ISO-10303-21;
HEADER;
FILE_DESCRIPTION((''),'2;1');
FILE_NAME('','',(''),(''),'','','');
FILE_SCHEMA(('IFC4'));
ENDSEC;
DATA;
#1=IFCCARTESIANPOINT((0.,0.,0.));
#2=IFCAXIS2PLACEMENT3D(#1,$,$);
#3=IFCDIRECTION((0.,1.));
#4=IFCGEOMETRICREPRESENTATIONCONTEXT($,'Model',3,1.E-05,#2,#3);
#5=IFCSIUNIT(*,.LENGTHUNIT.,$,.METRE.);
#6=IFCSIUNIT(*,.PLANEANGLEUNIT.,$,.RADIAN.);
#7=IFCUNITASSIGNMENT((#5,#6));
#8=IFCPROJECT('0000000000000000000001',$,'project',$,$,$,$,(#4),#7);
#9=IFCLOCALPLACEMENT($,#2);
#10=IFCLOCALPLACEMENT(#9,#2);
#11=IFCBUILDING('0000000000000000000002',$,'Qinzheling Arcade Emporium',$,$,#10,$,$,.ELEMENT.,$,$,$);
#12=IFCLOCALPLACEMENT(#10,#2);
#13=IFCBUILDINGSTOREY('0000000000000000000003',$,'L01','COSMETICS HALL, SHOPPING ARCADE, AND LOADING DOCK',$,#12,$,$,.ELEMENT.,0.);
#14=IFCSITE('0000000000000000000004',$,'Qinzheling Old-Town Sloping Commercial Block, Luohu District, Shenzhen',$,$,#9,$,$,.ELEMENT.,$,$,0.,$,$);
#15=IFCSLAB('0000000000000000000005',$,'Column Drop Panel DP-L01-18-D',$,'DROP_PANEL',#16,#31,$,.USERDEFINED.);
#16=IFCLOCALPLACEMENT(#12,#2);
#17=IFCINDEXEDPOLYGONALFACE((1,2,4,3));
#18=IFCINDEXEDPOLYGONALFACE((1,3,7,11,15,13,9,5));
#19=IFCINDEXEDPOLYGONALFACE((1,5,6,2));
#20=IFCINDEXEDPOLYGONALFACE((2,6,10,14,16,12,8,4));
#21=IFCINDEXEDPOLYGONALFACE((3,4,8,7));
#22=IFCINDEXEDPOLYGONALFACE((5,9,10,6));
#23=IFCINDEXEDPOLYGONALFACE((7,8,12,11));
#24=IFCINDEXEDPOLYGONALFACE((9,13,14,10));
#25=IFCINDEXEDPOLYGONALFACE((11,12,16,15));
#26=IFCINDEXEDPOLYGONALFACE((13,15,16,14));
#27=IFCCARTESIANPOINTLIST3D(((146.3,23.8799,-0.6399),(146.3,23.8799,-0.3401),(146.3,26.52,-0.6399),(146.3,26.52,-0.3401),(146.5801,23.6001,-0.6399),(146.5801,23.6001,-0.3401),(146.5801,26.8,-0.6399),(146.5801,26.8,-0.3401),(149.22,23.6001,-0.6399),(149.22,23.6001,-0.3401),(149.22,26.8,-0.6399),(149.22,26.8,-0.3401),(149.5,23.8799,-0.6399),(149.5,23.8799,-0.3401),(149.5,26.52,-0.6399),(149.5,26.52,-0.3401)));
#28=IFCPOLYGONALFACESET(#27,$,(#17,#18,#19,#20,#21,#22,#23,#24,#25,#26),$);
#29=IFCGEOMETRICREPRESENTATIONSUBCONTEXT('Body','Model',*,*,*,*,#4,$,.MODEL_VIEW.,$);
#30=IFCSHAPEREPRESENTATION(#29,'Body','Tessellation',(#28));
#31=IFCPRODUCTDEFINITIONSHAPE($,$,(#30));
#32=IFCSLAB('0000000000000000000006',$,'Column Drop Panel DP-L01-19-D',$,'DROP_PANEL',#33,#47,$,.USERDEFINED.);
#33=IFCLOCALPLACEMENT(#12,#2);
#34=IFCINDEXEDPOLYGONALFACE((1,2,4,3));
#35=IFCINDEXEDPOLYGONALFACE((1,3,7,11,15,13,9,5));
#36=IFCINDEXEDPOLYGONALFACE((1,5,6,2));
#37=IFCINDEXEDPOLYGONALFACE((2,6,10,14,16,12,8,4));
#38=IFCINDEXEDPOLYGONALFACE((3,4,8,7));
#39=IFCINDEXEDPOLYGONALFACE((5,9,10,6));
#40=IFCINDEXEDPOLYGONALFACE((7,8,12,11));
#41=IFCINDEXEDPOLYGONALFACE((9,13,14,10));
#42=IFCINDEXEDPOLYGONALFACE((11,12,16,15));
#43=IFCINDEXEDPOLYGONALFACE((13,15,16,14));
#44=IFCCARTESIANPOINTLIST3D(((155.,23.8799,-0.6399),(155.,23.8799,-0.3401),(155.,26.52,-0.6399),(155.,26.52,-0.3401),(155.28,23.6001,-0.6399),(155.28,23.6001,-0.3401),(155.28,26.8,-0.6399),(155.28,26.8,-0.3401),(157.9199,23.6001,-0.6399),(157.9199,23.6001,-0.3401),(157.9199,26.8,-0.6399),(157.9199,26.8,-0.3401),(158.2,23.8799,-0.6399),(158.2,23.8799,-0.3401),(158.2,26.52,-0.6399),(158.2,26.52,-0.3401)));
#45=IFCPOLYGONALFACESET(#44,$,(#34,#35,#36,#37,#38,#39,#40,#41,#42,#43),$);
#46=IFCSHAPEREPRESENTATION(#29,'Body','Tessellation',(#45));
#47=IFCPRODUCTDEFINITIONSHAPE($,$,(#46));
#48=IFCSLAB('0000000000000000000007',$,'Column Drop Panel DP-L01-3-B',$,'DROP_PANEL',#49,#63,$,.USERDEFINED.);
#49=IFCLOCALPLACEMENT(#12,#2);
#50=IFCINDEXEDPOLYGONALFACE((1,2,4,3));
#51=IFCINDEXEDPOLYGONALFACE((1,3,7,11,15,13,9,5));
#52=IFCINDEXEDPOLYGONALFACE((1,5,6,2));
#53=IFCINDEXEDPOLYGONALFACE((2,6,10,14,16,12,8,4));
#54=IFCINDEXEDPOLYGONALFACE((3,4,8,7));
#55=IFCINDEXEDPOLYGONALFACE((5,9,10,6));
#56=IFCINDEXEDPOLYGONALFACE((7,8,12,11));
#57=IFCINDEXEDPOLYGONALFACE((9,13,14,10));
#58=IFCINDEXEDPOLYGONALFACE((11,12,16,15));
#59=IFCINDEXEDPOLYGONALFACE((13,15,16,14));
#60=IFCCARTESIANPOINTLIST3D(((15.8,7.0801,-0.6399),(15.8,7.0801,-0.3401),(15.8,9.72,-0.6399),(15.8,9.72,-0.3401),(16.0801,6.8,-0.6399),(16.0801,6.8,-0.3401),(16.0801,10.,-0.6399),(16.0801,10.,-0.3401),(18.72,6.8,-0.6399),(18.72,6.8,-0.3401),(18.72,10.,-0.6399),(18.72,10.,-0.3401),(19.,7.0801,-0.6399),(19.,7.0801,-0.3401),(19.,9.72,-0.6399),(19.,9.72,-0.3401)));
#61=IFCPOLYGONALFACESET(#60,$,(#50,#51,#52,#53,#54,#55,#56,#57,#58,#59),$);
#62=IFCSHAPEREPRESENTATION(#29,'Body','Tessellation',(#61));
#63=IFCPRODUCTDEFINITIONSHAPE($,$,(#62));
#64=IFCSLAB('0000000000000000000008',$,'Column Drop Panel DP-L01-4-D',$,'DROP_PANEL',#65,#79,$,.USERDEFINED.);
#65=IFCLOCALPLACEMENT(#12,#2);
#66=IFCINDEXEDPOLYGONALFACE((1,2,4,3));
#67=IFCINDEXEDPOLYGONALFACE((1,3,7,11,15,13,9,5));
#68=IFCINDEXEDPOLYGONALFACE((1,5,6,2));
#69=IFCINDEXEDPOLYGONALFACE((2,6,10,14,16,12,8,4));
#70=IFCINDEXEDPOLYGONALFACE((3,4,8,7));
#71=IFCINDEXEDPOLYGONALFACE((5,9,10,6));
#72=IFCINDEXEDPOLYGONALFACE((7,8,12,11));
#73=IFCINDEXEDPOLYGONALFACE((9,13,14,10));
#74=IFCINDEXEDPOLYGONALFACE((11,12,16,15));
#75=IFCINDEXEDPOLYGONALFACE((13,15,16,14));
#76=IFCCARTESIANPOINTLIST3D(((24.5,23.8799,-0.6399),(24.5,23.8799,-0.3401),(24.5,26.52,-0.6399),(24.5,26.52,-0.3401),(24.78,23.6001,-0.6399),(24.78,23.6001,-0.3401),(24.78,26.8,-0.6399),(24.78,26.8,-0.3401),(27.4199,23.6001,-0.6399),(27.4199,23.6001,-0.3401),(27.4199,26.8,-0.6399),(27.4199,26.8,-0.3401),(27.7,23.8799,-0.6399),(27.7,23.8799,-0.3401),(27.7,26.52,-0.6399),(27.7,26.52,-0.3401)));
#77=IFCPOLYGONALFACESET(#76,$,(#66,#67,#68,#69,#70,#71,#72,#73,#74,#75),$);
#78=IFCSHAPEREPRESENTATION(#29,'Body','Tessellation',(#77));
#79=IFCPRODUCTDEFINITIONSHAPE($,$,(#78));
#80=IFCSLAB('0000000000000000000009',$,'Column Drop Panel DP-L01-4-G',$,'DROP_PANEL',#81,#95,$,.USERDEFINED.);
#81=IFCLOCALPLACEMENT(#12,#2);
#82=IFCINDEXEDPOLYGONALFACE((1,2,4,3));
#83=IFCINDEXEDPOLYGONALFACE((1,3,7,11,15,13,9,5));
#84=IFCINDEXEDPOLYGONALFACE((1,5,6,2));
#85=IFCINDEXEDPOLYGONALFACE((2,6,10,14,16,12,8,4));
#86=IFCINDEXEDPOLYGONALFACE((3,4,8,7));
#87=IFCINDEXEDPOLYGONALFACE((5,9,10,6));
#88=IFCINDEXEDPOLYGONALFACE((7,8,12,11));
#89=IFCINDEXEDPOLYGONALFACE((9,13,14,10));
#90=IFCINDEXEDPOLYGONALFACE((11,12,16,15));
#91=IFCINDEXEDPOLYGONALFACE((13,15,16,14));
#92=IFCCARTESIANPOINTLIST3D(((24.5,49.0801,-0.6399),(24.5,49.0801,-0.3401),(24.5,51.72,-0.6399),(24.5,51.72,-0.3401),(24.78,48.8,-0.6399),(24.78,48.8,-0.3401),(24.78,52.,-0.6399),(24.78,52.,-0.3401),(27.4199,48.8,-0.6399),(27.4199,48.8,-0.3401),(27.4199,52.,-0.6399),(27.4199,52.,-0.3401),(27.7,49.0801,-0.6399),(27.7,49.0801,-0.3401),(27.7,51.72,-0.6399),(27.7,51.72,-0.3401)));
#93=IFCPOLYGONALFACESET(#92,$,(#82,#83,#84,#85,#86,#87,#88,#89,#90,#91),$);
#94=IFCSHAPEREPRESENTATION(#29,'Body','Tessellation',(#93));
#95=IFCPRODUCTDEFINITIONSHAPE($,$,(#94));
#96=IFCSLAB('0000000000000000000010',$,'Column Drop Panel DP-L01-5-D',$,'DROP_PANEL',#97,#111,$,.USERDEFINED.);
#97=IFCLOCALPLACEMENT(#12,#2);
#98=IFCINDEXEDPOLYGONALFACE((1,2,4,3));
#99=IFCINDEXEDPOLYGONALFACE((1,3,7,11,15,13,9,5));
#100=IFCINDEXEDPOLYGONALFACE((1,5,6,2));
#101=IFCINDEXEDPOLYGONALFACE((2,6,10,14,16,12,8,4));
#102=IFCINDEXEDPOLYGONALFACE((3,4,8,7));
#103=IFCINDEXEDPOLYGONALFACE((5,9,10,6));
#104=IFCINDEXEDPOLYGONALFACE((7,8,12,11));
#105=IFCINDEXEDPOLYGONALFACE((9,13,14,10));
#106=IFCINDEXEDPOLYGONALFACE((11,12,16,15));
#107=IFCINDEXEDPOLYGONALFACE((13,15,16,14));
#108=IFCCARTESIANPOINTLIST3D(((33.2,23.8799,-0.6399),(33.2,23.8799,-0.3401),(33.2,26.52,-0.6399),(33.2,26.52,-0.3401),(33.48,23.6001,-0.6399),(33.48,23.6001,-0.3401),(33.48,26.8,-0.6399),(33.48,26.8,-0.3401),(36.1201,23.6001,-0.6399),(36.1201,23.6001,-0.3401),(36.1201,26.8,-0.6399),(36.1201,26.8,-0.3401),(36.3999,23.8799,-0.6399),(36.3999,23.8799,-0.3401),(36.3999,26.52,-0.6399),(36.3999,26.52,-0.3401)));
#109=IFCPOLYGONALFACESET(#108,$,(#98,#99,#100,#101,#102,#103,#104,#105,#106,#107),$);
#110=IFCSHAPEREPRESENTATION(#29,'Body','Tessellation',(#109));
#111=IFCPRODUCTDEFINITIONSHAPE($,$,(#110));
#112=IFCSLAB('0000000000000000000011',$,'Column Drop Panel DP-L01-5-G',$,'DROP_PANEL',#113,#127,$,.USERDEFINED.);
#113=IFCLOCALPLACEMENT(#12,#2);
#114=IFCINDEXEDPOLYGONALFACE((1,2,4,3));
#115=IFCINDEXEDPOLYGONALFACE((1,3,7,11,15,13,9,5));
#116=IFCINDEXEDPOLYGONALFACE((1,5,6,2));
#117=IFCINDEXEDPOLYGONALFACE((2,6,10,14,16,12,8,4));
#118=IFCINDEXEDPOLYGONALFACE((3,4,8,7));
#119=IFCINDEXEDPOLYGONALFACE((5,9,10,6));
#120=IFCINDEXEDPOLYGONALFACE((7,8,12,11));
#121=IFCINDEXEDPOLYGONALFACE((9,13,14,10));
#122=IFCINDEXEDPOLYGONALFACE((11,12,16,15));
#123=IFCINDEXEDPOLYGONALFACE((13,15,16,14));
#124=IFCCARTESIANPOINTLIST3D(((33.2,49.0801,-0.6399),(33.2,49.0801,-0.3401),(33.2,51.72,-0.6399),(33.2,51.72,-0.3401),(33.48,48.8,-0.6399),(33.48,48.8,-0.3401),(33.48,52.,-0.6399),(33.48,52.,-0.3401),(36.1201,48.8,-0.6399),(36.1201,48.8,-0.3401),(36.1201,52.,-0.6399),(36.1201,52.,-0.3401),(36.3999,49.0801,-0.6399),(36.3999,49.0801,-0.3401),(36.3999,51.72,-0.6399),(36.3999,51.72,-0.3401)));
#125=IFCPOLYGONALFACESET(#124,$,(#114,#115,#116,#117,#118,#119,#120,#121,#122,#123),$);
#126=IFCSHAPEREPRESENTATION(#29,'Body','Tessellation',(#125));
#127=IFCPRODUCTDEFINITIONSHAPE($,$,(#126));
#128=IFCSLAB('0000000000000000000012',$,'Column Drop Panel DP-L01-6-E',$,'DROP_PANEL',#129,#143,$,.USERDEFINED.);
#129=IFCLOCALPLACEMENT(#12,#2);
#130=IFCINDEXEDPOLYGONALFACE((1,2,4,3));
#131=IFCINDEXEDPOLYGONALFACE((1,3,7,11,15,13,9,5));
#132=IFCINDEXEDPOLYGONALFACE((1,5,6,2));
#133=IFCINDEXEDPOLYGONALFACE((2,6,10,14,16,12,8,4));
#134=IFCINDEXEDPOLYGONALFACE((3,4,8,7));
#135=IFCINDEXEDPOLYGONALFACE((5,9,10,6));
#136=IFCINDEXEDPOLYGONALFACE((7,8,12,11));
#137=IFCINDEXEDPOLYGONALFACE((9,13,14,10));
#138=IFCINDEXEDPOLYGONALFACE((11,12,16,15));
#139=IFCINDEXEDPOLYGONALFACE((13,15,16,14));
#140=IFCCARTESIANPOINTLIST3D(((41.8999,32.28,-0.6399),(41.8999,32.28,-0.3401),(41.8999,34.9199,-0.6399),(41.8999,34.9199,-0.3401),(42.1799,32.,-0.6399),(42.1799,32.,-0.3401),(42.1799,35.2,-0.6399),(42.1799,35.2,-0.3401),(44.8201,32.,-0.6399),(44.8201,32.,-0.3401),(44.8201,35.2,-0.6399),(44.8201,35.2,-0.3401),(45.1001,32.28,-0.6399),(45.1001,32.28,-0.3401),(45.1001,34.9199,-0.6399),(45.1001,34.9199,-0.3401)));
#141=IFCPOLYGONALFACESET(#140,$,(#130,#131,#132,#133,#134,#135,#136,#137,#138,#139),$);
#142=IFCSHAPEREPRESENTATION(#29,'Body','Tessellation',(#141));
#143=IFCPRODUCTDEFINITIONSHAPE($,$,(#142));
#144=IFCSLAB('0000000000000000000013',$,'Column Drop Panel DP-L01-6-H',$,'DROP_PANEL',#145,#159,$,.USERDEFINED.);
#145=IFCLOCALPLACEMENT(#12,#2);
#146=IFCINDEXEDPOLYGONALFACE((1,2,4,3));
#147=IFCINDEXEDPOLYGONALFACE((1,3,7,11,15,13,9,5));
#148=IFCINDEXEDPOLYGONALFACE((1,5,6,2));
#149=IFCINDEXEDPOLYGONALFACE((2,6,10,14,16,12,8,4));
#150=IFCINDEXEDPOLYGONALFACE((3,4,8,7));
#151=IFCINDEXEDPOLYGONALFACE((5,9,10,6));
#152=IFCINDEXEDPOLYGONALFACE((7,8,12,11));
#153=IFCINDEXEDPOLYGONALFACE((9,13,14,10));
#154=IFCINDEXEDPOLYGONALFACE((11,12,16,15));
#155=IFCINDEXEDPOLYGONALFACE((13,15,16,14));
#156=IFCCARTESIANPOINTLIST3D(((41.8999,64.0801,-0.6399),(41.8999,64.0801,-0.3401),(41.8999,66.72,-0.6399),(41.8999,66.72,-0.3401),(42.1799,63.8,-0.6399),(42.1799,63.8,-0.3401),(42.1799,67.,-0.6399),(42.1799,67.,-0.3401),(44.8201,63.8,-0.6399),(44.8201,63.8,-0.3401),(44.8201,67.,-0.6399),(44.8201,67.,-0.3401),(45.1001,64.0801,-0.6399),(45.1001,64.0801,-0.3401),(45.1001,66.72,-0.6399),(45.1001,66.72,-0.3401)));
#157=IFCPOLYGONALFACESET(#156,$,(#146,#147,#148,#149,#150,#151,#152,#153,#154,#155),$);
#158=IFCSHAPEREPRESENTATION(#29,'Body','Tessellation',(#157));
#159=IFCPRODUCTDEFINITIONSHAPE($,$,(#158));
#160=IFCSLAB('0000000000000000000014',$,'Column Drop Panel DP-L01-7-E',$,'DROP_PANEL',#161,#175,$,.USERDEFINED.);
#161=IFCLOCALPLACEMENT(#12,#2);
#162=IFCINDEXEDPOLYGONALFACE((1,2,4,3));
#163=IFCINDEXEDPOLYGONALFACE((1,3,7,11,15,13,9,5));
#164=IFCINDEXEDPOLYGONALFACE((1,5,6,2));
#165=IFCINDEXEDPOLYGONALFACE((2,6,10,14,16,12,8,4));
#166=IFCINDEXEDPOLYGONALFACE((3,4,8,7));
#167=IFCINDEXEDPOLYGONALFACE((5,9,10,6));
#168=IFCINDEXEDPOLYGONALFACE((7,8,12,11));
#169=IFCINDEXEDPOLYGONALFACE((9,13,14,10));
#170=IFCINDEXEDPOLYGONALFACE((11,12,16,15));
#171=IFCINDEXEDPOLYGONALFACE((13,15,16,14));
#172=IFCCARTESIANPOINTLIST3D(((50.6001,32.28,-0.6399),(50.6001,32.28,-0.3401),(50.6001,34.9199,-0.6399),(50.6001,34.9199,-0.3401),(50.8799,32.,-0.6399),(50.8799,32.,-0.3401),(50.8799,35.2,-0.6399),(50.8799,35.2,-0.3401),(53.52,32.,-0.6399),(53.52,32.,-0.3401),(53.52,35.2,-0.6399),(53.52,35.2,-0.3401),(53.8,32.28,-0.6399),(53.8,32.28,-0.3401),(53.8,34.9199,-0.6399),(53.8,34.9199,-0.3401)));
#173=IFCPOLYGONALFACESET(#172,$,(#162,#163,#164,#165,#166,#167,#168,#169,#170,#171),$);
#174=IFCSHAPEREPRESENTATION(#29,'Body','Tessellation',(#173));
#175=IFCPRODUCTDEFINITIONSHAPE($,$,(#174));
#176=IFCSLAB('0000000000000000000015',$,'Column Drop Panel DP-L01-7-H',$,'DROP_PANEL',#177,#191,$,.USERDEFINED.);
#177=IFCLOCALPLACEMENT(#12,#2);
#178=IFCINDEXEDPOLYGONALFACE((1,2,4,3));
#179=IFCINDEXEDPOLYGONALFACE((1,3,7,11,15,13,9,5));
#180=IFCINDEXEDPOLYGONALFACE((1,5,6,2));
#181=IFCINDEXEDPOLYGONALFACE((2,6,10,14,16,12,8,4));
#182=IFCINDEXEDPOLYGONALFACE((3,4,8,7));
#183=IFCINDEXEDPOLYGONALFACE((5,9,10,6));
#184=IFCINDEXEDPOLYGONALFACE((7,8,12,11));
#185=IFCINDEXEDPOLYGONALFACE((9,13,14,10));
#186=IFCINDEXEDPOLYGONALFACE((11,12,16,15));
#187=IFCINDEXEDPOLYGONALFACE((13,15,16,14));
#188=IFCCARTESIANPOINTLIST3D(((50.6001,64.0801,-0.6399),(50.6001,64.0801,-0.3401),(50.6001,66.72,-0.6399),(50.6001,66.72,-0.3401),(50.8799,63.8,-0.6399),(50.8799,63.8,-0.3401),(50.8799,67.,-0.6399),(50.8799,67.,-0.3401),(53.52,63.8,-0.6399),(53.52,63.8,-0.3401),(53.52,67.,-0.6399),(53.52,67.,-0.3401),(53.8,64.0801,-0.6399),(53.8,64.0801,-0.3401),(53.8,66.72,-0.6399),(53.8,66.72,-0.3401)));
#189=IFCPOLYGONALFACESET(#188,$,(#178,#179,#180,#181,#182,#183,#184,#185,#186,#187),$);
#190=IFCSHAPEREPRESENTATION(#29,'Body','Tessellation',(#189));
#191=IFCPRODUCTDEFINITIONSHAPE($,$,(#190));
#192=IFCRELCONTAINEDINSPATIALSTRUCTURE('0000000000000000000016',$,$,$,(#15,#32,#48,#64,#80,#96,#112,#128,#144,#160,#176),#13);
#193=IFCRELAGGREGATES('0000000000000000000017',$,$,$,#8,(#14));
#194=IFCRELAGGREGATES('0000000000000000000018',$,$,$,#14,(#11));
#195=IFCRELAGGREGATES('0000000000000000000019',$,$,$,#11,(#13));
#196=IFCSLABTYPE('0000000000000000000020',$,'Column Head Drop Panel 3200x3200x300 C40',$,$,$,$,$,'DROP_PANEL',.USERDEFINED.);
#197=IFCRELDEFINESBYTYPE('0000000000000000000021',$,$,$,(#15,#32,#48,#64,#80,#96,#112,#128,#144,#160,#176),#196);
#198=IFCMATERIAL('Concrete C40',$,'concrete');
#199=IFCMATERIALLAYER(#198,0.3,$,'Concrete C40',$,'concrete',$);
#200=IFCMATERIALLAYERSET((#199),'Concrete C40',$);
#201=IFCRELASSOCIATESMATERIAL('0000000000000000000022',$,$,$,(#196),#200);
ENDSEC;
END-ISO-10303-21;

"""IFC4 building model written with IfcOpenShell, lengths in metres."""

from ifc_helpers import new_model, si_unit, direction, frame, origin, place, context, subcontext, project, spatial, polyline, outline, extrude, material, layer, layer_set, type_object, element, save


model = new_model("IFC4")

# Units and contexts
model_context = context("Model", 3, precision=1e-05, world=origin(), true_north=direction((0.0, 1.0)))
body_context = subcontext(model_context, "Body", "Model", "MODEL_VIEW")
ifc_project = project(units=[si_unit("LENGTHUNIT", "METRE"), si_unit("PLANEANGLEUNIT", "RADIAN")], contexts=[model_context])

# Site, building, storey
site_placement = place(None, origin())
site = spatial("IfcSite", under=ifc_project, at=site_placement, Name="Qinzheling Old-Town Sloping Commercial Block, Luohu District, Shenzhen", CompositionType="ELEMENT", RefElevation=0.0)
building_placement = place(site_placement, origin())
building = spatial("IfcBuilding", under=site, at=building_placement, Name="Qinzheling Arcade Emporium", CompositionType="ELEMENT")
storey_placement = place(building_placement, origin())
storey = spatial("IfcBuildingStorey", under=building, at=storey_placement, Name="L01", Description="COSMETICS HALL, SHOPPING ARCADE, AND LOADING DOCK", CompositionType="ELEMENT", Elevation=0.0)

# Slabs
ifc_material = material(Name="Concrete C40", Category="concrete")
ifc_layer = layer(ifc_material, 0.3, Name="Concrete C40", Category="concrete")
ifc_layer_set = layer_set([ifc_layer], Name="Concrete C40")
slab_type = type_object("IfcSlabType", Name="Column Head Drop Panel 3200x3200x300 C40", ElementType="DROP_PANEL", PredefinedType="USERDEFINED", material=ifc_layer_set)
slab_1_placement = place(storey_placement, frame((0.0, 0.0, -0.6399)))
element("IfcSlab", 1, at=slab_1_placement, inside=storey, type_object=slab_type, Name="Column Drop Panel DP-L01-18-D", ObjectType="DROP_PANEL", PredefinedType="USERDEFINED", context=body_context, shape_type="SweptSolid", body=[
    extrude(outline(polyline([(146.5801, 23.6001), (149.22, 23.6001), (149.5, 23.8799), (149.5, 26.52), (149.22, 26.8), (146.5801, 26.8), (146.3, 26.52), (146.3, 23.8799), (146.5801, 23.6001)])), origin(), (0.0, 0.0, 1.0), 0.2998),
])
slab_2_placement = place(storey_placement, frame((0.0, 0.0, -0.6399)))
element("IfcSlab", 2, at=slab_2_placement, inside=storey, type_object=slab_type, Name="Column Drop Panel DP-L01-19-D", ObjectType="DROP_PANEL", PredefinedType="USERDEFINED", context=body_context, shape_type="SweptSolid", body=[
    extrude(outline(polyline([(155.28, 23.6001), (157.9199, 23.6001), (158.2, 23.8799), (158.2, 26.52), (157.9199, 26.8), (155.28, 26.8), (155.0, 26.52), (155.0, 23.8799), (155.28, 23.6001)])), origin(), (0.0, 0.0, 1.0), 0.2998),
])
slab_3_placement = place(storey_placement, frame((0.0, 0.0, -0.6399)))
element("IfcSlab", 3, at=slab_3_placement, inside=storey, type_object=slab_type, Name="Column Drop Panel DP-L01-3-B", ObjectType="DROP_PANEL", PredefinedType="USERDEFINED", context=body_context, shape_type="SweptSolid", body=[
    extrude(outline(polyline([(16.0801, 6.8), (18.72, 6.8), (19.0, 7.0801), (19.0, 9.72), (18.72, 10.0), (16.0801, 10.0), (15.8, 9.72), (15.8, 7.0801), (16.0801, 6.8)])), origin(), (0.0, 0.0, 1.0), 0.2998),
])
slab_4_placement = place(storey_placement, frame((0.0, 0.0, -0.6399)))
element("IfcSlab", 4, at=slab_4_placement, inside=storey, type_object=slab_type, Name="Column Drop Panel DP-L01-4-D", ObjectType="DROP_PANEL", PredefinedType="USERDEFINED", context=body_context, shape_type="SweptSolid", body=[
    extrude(outline(polyline([(24.78, 23.6001), (27.4199, 23.6001), (27.7, 23.8799), (27.7, 26.52), (27.4199, 26.8), (24.78, 26.8), (24.5, 26.52), (24.5, 23.8799), (24.78, 23.6001)])), origin(), (0.0, 0.0, 1.0), 0.2998),
])
slab_5_placement = place(storey_placement, frame((0.0, 0.0, -0.6399)))
element("IfcSlab", 5, at=slab_5_placement, inside=storey, type_object=slab_type, Name="Column Drop Panel DP-L01-4-G", ObjectType="DROP_PANEL", PredefinedType="USERDEFINED", context=body_context, shape_type="SweptSolid", body=[
    extrude(outline(polyline([(24.78, 48.8), (27.4199, 48.8), (27.7, 49.0801), (27.7, 51.72), (27.4199, 52.0), (24.78, 52.0), (24.5, 51.72), (24.5, 49.0801), (24.78, 48.8)])), origin(), (0.0, 0.0, 1.0), 0.2998),
])
slab_6_placement = place(storey_placement, frame((0.0, 0.0, -0.6399)))
element("IfcSlab", 6, at=slab_6_placement, inside=storey, type_object=slab_type, Name="Column Drop Panel DP-L01-5-D", ObjectType="DROP_PANEL", PredefinedType="USERDEFINED", context=body_context, shape_type="SweptSolid", body=[
    extrude(outline(polyline([(33.48, 23.6001), (36.1201, 23.6001), (36.3999, 23.8799), (36.3999, 26.52), (36.1201, 26.8), (33.48, 26.8), (33.2, 26.52), (33.2, 23.8799), (33.48, 23.6001)])), origin(), (0.0, 0.0, 1.0), 0.2998),
])
slab_7_placement = place(storey_placement, frame((0.0, 0.0, -0.6399)))
element("IfcSlab", 7, at=slab_7_placement, inside=storey, type_object=slab_type, Name="Column Drop Panel DP-L01-5-G", ObjectType="DROP_PANEL", PredefinedType="USERDEFINED", context=body_context, shape_type="SweptSolid", body=[
    extrude(outline(polyline([(33.48, 48.8), (36.1201, 48.8), (36.3999, 49.0801), (36.3999, 51.72), (36.1201, 52.0), (33.48, 52.0), (33.2, 51.72), (33.2, 49.0801), (33.48, 48.8)])), origin(), (0.0, 0.0, 1.0), 0.2998),
])
slab_8_placement = place(storey_placement, frame((0.0, 0.0, -0.6399)))
element("IfcSlab", 8, at=slab_8_placement, inside=storey, type_object=slab_type, Name="Column Drop Panel DP-L01-6-E", ObjectType="DROP_PANEL", PredefinedType="USERDEFINED", context=body_context, shape_type="SweptSolid", body=[
    extrude(outline(polyline([(42.1799, 32.0), (44.8201, 32.0), (45.1001, 32.28), (45.1001, 34.9199), (44.8201, 35.2), (42.1799, 35.2), (41.8999, 34.9199), (41.8999, 32.28), (42.1799, 32.0)])), origin(), (0.0, 0.0, 1.0), 0.2998),
])
slab_9_placement = place(storey_placement, frame((0.0, 0.0, -0.6399)))
element("IfcSlab", 9, at=slab_9_placement, inside=storey, type_object=slab_type, Name="Column Drop Panel DP-L01-6-H", ObjectType="DROP_PANEL", PredefinedType="USERDEFINED", context=body_context, shape_type="SweptSolid", body=[
    extrude(outline(polyline([(42.1799, 63.8), (44.8201, 63.8), (45.1001, 64.0801), (45.1001, 66.72), (44.8201, 67.0), (42.1799, 67.0), (41.8999, 66.72), (41.8999, 64.0801), (42.1799, 63.8)])), origin(), (0.0, 0.0, 1.0), 0.2998),
])
slab_10_placement = place(storey_placement, frame((0.0, 0.0, -0.6399)))
element("IfcSlab", 10, at=slab_10_placement, inside=storey, type_object=slab_type, Name="Column Drop Panel DP-L01-7-E", ObjectType="DROP_PANEL", PredefinedType="USERDEFINED", context=body_context, shape_type="SweptSolid", body=[
    extrude(outline(polyline([(50.8799, 32.0), (53.52, 32.0), (53.8, 32.28), (53.8, 34.9199), (53.52, 35.2), (50.8799, 35.2), (50.6001, 34.9199), (50.6001, 32.28), (50.8799, 32.0)])), origin(), (0.0, 0.0, 1.0), 0.2998),
])
slab_11_placement = place(storey_placement, frame((0.0, 0.0, -0.6399)))
element("IfcSlab", 11, at=slab_11_placement, inside=storey, type_object=slab_type, Name="Column Drop Panel DP-L01-7-H", ObjectType="DROP_PANEL", PredefinedType="USERDEFINED", context=body_context, shape_type="SweptSolid", body=[
    extrude(outline(polyline([(50.8799, 63.8), (53.52, 63.8), (53.8, 64.0801), (53.8, 66.72), (53.52, 67.0), (50.8799, 67.0), (50.6001, 66.72), (50.6001, 64.0801), (50.8799, 63.8)])), origin(), (0.0, 0.0, 1.0), 0.2998),
])

save(model, "model.ifc")
